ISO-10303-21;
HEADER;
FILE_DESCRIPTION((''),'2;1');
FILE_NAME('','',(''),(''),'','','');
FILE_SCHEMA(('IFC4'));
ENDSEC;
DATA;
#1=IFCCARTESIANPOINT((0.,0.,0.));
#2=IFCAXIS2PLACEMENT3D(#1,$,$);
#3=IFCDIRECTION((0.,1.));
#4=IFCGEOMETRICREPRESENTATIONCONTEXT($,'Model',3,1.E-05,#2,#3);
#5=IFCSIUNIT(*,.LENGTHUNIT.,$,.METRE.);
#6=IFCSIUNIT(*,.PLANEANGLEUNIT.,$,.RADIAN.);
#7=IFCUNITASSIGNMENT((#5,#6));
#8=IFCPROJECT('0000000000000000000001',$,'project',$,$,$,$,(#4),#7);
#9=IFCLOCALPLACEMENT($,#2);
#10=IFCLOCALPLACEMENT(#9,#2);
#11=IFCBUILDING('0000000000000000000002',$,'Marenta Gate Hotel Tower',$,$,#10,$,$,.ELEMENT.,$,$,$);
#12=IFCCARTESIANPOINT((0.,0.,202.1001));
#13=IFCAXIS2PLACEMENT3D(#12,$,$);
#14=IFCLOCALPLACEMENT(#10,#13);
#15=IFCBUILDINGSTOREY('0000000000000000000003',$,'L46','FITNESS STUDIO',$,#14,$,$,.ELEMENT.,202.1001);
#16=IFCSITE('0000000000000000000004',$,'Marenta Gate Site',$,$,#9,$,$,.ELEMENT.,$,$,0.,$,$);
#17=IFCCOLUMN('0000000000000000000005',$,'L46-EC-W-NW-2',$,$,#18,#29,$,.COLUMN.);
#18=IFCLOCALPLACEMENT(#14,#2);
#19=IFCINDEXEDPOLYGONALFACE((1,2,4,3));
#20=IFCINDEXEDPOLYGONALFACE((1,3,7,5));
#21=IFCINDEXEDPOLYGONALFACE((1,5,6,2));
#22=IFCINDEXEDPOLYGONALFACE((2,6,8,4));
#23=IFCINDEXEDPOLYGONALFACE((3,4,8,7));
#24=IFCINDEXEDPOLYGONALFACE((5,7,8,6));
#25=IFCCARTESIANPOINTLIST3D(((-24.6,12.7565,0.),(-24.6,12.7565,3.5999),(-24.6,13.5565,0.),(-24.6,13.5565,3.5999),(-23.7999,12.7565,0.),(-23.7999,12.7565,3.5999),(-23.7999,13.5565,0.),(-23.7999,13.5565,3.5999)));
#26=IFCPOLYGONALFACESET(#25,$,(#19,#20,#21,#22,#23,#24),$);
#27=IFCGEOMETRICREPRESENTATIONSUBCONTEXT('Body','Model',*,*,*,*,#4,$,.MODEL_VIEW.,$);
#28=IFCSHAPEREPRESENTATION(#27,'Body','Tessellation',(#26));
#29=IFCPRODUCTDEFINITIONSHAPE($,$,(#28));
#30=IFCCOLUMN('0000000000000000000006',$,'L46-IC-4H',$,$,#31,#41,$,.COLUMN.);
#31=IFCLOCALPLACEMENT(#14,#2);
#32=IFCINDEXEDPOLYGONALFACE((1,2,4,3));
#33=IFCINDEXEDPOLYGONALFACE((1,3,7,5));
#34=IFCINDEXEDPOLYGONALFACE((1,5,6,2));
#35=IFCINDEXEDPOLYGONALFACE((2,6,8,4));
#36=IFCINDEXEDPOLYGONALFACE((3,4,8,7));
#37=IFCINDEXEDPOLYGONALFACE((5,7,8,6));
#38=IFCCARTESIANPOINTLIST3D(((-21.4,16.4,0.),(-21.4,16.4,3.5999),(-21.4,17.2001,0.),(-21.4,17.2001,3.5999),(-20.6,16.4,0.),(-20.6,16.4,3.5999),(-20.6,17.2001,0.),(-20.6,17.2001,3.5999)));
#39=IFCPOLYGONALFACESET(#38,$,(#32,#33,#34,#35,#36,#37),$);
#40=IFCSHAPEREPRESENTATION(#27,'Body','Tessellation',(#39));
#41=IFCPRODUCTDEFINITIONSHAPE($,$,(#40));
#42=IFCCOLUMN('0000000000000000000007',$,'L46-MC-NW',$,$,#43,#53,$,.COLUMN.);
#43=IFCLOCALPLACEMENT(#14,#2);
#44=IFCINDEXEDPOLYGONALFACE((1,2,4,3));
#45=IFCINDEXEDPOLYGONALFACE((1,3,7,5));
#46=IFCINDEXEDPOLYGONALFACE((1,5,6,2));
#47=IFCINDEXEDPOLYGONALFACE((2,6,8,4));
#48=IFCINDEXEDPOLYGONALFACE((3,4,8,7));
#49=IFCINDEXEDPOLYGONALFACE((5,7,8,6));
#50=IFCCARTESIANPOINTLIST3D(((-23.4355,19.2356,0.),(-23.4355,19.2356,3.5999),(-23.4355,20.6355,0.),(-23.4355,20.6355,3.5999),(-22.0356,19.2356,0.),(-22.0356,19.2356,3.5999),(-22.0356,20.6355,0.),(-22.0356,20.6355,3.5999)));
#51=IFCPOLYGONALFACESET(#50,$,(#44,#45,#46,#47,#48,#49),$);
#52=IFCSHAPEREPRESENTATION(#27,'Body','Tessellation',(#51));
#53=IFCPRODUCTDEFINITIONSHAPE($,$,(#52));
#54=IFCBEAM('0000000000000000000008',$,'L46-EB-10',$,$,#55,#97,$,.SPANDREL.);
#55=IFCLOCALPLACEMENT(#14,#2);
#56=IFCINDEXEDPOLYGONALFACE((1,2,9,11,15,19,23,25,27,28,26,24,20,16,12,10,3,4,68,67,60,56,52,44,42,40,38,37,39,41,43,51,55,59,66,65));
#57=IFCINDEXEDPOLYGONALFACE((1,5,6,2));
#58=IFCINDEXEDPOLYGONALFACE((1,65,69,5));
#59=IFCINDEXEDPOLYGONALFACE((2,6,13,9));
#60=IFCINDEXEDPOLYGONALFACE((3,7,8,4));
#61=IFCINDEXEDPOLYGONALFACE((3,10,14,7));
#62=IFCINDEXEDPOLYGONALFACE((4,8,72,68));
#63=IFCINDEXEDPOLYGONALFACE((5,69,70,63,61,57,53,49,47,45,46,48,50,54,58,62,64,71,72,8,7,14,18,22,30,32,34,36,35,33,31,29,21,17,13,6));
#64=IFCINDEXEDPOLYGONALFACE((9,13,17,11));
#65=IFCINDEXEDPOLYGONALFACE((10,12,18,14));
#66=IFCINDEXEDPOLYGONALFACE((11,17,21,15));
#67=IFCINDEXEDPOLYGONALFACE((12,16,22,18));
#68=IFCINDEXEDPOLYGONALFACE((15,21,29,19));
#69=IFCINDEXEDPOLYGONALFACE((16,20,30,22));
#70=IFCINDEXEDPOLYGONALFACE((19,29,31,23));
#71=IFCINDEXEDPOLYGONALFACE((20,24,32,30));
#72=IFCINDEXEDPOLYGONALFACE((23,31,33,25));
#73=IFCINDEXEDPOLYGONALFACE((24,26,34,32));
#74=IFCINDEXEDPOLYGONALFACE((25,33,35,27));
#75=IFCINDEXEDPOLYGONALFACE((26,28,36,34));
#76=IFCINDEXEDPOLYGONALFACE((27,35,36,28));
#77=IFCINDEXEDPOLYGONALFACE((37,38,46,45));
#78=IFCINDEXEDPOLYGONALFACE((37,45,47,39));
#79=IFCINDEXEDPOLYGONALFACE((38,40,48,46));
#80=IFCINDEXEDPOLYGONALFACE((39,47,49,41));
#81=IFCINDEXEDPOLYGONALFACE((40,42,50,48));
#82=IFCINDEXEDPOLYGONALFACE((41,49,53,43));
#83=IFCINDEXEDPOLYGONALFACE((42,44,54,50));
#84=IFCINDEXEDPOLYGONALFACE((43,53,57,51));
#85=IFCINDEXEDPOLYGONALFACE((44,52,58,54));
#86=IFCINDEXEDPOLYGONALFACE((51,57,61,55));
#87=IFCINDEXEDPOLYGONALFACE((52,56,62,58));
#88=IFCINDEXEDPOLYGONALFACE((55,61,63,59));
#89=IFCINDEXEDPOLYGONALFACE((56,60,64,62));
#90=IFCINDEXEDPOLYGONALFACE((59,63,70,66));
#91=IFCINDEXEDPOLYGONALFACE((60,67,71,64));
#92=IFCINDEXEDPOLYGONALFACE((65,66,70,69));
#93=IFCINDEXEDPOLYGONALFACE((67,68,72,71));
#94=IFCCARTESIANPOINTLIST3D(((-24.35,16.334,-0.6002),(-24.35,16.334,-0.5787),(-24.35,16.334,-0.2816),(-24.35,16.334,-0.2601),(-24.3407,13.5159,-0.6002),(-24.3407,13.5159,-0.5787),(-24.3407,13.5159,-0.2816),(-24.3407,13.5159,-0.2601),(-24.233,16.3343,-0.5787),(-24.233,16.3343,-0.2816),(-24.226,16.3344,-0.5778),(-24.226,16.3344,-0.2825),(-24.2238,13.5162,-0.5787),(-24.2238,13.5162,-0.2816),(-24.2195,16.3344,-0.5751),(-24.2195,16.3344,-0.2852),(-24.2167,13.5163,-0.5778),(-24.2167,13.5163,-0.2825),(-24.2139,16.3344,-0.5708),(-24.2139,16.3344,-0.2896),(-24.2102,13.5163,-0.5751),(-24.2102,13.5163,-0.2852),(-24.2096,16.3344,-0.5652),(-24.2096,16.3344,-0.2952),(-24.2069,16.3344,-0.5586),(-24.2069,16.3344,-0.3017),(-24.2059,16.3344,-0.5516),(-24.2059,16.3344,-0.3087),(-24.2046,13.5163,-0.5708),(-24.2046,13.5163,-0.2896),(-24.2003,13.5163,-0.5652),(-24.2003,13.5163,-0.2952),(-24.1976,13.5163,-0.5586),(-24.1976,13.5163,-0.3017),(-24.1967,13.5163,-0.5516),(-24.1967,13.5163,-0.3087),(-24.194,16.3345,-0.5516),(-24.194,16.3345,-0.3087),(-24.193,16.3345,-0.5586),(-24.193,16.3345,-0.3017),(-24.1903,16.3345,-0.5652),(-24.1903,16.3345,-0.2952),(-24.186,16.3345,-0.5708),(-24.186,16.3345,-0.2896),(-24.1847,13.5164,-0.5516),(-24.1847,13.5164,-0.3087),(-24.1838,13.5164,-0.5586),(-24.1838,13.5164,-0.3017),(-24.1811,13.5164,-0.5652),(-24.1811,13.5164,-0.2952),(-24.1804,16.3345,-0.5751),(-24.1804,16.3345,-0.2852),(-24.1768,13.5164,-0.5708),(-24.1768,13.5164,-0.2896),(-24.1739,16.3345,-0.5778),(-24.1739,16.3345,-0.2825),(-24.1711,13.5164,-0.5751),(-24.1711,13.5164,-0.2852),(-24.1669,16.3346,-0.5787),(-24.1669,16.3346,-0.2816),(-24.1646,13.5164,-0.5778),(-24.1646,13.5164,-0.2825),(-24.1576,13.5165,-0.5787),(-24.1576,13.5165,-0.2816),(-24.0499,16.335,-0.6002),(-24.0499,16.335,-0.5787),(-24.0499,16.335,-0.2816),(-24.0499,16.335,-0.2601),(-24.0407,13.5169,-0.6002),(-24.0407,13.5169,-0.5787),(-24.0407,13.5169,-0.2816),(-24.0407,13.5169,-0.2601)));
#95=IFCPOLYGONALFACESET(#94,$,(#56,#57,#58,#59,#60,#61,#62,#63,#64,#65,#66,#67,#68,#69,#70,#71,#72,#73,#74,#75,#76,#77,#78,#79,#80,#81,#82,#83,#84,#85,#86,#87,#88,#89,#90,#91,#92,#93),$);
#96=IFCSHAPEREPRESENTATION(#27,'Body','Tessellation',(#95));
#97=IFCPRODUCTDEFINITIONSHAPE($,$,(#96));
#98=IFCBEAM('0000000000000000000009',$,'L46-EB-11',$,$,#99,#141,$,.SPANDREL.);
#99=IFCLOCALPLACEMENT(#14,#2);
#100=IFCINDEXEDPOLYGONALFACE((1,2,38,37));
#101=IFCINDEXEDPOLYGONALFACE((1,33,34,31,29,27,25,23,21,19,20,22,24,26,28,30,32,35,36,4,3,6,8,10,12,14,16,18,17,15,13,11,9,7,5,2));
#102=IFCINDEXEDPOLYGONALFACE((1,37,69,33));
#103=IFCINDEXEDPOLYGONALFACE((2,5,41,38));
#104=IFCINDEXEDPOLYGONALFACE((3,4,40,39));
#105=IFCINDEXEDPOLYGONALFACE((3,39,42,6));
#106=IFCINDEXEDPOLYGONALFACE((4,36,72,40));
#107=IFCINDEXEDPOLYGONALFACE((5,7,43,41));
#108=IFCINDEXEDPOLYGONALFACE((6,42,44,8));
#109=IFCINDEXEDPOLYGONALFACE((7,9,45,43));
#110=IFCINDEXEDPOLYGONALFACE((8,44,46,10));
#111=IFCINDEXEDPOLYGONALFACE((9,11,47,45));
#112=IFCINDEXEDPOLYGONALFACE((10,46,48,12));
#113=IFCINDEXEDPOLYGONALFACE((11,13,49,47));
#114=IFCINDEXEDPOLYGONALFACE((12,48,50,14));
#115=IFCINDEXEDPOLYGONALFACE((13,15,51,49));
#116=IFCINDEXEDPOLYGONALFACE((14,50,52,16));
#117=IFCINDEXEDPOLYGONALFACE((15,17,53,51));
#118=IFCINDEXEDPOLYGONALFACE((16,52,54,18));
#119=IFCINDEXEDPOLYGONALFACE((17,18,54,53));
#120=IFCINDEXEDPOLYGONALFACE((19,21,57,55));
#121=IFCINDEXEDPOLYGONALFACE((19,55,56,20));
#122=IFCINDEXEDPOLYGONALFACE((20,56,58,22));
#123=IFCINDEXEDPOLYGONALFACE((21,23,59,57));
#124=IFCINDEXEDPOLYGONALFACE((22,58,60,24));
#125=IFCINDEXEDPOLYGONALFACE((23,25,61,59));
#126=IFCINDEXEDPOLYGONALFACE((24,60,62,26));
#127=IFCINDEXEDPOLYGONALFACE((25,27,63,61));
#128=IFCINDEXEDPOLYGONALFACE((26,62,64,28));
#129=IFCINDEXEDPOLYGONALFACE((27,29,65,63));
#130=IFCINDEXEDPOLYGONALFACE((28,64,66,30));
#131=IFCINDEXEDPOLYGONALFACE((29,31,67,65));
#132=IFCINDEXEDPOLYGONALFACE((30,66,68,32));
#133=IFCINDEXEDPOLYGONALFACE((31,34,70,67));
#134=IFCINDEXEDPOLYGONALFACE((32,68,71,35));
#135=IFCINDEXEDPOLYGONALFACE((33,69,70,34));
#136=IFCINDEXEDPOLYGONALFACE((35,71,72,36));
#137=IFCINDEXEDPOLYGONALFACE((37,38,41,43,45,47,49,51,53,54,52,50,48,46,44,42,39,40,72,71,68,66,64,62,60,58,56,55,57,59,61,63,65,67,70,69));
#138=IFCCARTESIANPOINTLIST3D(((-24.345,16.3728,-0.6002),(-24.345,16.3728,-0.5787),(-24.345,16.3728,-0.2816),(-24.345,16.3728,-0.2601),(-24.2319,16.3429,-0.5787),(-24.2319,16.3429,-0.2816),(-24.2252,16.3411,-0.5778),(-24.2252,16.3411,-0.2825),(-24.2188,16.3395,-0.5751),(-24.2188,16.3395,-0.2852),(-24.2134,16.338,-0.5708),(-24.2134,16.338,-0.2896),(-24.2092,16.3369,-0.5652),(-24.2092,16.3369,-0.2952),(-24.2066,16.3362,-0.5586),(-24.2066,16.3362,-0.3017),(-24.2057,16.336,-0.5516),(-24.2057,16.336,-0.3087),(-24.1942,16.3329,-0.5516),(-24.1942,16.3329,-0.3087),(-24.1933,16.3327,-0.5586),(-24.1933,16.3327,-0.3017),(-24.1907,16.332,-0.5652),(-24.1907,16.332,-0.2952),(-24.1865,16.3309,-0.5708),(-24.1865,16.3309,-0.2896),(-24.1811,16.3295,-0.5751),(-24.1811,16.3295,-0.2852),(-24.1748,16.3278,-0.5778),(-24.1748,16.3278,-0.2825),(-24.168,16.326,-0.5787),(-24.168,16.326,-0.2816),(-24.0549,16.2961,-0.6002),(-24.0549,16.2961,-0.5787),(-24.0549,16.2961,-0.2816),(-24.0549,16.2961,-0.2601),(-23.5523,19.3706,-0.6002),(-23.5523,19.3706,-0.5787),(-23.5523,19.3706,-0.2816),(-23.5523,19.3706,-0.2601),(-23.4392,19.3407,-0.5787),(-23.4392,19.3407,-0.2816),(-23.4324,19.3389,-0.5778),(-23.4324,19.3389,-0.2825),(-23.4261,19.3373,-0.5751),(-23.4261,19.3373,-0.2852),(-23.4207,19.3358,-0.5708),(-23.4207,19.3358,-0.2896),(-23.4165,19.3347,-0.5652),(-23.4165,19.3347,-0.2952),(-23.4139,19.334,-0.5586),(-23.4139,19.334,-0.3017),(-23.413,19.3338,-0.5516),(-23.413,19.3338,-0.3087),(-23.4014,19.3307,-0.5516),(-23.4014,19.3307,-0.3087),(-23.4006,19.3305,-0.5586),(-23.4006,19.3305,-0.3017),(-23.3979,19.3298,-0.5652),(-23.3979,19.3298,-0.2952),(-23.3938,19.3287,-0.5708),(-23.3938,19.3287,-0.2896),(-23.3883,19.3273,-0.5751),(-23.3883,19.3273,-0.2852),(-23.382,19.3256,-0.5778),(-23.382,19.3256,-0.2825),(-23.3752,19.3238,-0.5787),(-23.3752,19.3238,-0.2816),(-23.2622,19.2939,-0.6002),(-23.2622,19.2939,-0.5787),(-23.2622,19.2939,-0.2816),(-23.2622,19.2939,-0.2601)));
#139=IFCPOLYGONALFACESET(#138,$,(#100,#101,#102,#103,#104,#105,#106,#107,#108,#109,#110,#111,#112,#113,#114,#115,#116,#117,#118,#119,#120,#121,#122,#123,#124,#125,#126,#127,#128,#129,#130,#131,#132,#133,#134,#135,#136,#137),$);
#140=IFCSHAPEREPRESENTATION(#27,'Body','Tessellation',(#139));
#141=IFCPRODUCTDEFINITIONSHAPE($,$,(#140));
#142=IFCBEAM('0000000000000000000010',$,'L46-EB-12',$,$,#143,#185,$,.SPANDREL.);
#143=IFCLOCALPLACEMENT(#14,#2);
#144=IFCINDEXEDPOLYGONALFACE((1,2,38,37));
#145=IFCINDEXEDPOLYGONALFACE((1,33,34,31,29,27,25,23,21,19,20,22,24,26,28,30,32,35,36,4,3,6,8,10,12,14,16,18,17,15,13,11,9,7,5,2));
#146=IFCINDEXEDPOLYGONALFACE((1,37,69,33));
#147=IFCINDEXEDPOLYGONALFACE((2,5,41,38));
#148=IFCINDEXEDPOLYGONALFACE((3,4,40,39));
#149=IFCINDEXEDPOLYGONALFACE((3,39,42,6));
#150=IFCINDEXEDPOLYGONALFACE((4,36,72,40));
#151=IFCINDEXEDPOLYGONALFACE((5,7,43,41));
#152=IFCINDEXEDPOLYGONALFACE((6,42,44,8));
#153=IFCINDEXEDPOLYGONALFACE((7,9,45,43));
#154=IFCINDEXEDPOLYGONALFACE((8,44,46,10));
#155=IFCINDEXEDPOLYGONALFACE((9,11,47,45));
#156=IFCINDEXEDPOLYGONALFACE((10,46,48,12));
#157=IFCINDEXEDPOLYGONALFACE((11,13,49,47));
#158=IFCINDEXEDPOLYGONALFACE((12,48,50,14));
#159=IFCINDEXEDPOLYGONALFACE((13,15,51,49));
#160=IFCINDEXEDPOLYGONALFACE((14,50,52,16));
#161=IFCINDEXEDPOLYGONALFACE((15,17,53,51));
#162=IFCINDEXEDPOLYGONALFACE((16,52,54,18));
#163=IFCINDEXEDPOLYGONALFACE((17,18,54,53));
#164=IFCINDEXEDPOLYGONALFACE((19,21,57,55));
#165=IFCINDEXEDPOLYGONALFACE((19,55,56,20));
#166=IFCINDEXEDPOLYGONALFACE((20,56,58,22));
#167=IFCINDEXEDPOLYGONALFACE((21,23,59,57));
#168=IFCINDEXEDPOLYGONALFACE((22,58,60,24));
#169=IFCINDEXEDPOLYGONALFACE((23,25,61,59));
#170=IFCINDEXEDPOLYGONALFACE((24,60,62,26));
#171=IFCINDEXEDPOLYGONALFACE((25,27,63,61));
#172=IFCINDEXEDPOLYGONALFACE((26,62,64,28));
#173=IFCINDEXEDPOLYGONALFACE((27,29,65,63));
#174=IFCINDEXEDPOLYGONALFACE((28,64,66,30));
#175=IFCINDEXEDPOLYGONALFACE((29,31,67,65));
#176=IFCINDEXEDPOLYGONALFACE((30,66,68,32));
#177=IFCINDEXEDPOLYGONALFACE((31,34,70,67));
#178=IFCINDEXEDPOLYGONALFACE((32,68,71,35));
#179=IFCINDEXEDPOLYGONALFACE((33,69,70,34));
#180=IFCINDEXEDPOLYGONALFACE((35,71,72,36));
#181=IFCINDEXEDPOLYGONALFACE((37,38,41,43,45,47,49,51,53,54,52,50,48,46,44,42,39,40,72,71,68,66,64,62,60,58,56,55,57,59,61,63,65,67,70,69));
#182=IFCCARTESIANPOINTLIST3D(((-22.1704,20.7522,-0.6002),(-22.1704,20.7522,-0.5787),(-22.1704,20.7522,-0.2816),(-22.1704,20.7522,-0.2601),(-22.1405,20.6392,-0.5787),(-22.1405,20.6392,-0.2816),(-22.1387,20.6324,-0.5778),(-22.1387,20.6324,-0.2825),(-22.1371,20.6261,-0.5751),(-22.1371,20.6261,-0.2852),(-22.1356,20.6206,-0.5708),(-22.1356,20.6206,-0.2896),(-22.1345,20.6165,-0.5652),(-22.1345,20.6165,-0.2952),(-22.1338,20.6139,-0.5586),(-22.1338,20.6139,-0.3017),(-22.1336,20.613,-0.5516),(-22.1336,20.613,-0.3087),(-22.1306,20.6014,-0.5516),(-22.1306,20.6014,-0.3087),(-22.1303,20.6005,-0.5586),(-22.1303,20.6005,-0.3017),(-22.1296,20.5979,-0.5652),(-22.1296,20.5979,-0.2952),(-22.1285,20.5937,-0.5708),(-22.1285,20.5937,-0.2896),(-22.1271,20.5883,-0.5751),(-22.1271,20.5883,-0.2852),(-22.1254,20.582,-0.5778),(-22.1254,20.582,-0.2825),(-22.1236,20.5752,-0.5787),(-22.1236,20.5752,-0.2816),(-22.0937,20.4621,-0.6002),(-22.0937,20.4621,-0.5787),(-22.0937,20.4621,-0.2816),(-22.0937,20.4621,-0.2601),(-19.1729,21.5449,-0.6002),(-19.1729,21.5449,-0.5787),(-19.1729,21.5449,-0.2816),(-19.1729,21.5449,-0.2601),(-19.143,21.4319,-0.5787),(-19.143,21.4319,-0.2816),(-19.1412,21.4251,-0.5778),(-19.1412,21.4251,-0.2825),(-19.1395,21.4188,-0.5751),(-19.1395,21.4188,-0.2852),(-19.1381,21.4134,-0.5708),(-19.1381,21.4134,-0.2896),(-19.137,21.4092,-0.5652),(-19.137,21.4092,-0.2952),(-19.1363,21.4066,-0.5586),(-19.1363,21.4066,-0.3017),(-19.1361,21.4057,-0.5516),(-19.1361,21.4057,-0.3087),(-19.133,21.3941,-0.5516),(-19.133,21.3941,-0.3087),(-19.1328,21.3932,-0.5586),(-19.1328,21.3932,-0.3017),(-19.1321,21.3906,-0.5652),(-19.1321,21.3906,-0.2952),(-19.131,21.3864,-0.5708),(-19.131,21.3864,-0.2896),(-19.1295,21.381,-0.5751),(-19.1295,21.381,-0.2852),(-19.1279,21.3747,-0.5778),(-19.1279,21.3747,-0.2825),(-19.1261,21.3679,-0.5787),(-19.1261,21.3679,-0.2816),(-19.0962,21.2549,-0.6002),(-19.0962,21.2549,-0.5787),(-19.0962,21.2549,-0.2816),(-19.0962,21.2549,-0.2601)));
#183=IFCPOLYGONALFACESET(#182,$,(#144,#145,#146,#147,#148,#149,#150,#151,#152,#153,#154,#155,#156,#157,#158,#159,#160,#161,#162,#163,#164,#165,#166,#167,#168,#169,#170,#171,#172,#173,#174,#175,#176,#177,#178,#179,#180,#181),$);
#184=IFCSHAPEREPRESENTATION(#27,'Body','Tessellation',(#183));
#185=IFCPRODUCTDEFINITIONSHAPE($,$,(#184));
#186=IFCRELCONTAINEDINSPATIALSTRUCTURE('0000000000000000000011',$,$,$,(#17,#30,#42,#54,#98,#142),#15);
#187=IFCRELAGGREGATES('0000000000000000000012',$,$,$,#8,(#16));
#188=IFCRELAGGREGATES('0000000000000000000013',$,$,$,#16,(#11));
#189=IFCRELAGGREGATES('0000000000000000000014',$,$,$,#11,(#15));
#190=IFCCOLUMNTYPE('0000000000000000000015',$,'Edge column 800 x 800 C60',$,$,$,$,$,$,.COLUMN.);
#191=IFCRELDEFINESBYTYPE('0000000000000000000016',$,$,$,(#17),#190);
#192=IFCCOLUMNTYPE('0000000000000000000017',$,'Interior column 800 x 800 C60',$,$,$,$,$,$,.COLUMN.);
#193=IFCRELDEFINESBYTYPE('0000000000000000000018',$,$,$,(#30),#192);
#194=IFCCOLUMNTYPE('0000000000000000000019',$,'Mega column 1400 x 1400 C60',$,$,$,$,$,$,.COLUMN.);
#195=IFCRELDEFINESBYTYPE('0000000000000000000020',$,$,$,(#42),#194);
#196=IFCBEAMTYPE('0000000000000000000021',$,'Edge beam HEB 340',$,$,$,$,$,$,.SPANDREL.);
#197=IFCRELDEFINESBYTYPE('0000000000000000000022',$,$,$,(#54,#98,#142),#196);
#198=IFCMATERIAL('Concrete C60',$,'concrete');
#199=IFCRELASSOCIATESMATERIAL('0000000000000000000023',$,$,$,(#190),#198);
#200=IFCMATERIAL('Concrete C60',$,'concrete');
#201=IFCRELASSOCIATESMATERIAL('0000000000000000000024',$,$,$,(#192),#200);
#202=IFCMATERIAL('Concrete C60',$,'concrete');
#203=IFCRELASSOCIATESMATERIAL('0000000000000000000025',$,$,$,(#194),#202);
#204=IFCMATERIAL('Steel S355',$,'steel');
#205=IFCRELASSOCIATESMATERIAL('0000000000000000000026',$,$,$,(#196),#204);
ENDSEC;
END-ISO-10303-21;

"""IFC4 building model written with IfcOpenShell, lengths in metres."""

from ifc_helpers import new_model, si_unit, direction, frame, origin, origin_2d, place, context, subcontext, project, spatial, rectangle, i_section, extrude, material, material_profile, profile_set, type_object, element, save


model = new_model("IFC4")

# Units and contexts
model_context = context("Model", 3, precision=1e-05, world=origin(), true_north=direction((0.0, 1.0)))
body_context = subcontext(model_context, "Body", "Model", "MODEL_VIEW")
ifc_project = project(units=[si_unit("LENGTHUNIT", "METRE"), si_unit("PLANEANGLEUNIT", "RADIAN")], contexts=[model_context])

# Site, building, storey
site_placement = place(None, origin())
site = spatial("IfcSite", under=ifc_project, at=site_placement, Name="Marenta Gate Site", CompositionType="ELEMENT", RefElevation=0.0)
building_placement = place(site_placement, origin())
building = spatial("IfcBuilding", under=site, at=building_placement, Name="Marenta Gate Hotel Tower", CompositionType="ELEMENT")
storey_placement = place(building_placement, frame((0.0, 0.0, 202.1001)))
storey = spatial("IfcBuildingStorey", under=building, at=storey_placement, Name="L46", Description="FITNESS STUDIO", CompositionType="ELEMENT", Elevation=202.1001)

# Columns
ifc_material_1 = material(Name="Concrete C60", Category="concrete")
ifc_material_profile_1 = material_profile(ifc_material_1, rectangle(XDim=0.8, YDim=0.8, at=origin_2d()), Name="800 x 800")
ifc_profile_set_1 = profile_set([ifc_material_profile_1], Name="Concrete C60")
column_type_1 = type_object("IfcColumnType", Name="Edge column 800 x 800 C60", PredefinedType="COLUMN", material=ifc_profile_set_1)
column_1_placement = place(storey_placement, frame((-24.2, 13.1565, 0.0), z_axis=(0.0, 0.0, 1.0), x_axis=(1.0, 0.0, 0.0)))
element("IfcColumn", 1, at=column_1_placement, inside=storey, type_object=column_type_1, Name="L46-EC-W-NW-2", PredefinedType="COLUMN", context=body_context, shape_type="SweptSolid", body=[
    extrude(rectangle(XDim=0.8, YDim=0.8, at=origin_2d()), origin(), (0.0, 0.0, 1.0), 3.5999),
])
ifc_material_2 = material(Name="Concrete C60", Category="concrete")
ifc_material_profile_2 = material_profile(ifc_material_2, rectangle(XDim=0.8, YDim=0.8, at=origin_2d()), Name="800 x 800")
ifc_profile_set_2 = profile_set([ifc_material_profile_2], Name="Concrete C60")
column_type_2 = type_object("IfcColumnType", Name="Interior column 800 x 800 C60", PredefinedType="COLUMN", material=ifc_profile_set_2)
column_2_placement = place(storey_placement, frame((-21.0, 16.8, 0.0), z_axis=(0.0, 0.0, 1.0), x_axis=(1.0, 0.0, 0.0)))
element("IfcColumn", 2, at=column_2_placement, inside=storey, type_object=column_type_2, Name="L46-IC-4H", PredefinedType="COLUMN", context=body_context, shape_type="SweptSolid", body=[
    extrude(rectangle(XDim=0.8, YDim=0.8, at=origin_2d()), origin(), (0.0, 0.0, 1.0), 3.5999),
])
ifc_material_3 = material(Name="Concrete C60", Category="concrete")
ifc_material_profile_3 = material_profile(ifc_material_3, rectangle(XDim=1.3999, YDim=1.3999, at=origin_2d()), Name="1400 x 1400")
ifc_profile_set_3 = profile_set([ifc_material_profile_3], Name="Concrete C60")
column_type_3 = type_object("IfcColumnType", Name="Mega column 1400 x 1400 C60", PredefinedType="COLUMN", material=ifc_profile_set_3)
column_3_placement = place(storey_placement, frame((-22.7356, 19.9355, 0.0), z_axis=(0.0, 0.0, 1.0), x_axis=(1.0, 0.0, 0.0)))
element("IfcColumn", 3, at=column_3_placement, inside=storey, type_object=column_type_3, Name="L46-MC-NW", PredefinedType="COLUMN", context=body_context, shape_type="SweptSolid", body=[
    extrude(rectangle(XDim=1.3999, YDim=1.3999, at=origin_2d()), origin(), (0.0, 0.0, 1.0), 3.5999),
])

# Beams
ifc_material_4 = material(Name="Steel S355", Category="steel")
ifc_material_profile_4 = material_profile(ifc_material_4, i_section(OverallWidth=0.3, OverallDepth=0.3401, WebThickness=0.012, FlangeThickness=0.0215, FilletRadius=0.0271, at=origin_2d()), Name="HEB 340")
ifc_profile_set_4 = profile_set([ifc_material_profile_4], Name="Steel S355")
beam_type_1 = type_object("IfcBeamType", Name="Edge beam HEB 340", PredefinedType="SPANDREL", material=ifc_profile_set_4)
beam_1_placement = place(storey_placement, frame((-24.1907, 13.5164, -0.4302), z_axis=(-0.003292, 0.999995, 0.0), x_axis=(-0.999995, -0.003292, 0.0)))
element("IfcBeam", 4, at=beam_1_placement, inside=storey, type_object=beam_type_1, Name="L46-EB-10", PredefinedType="SPANDREL", context=body_context, shape_type="SweptSolid", body=[
    extrude(i_section(OverallWidth=0.3, OverallDepth=0.3401, WebThickness=0.012, FlangeThickness=0.0215, FilletRadius=0.0271, at=origin_2d()), origin(), (0.0, 0.0, 1.0), 2.8181),
])
beam_2_placement = place(storey_placement, frame((-24.2, 16.3345, -0.4302), z_axis=(0.255648, 0.96677, 0.0), x_axis=(-0.96677, 0.255648, 0.0)))
element("IfcBeam", 5, at=beam_2_placement, inside=storey, type_object=beam_type_1, Name="L46-EB-11", PredefinedType="SPANDREL", context=body_context, shape_type="SweptSolid", body=[
    extrude(i_section(OverallWidth=0.3, OverallDepth=0.3401, WebThickness=0.012, FlangeThickness=0.0215, FilletRadius=0.0271, at=origin_2d()), origin(), (0.0, 0.0, 1.0), 3.1008),
])
beam_3_placement = place(storey_placement, frame((-22.1321, 20.6072, -0.4302), z_axis=(0.966765, 0.255667, 0.0), x_axis=(-0.255667, 0.966765, 0.0)))
element("IfcBeam", 6, at=beam_3_placement, inside=storey, type_object=beam_type_1, Name="L46-EB-12", PredefinedType="SPANDREL", context=body_context, shape_type="SweptSolid", body=[
    extrude(i_section(OverallWidth=0.3, OverallDepth=0.3401, WebThickness=0.012, FlangeThickness=0.0215, FilletRadius=0.0271, at=origin_2d()), origin(), (0.0, 0.0, 1.0), 3.1006),
])

save(model, "model.ifc")
